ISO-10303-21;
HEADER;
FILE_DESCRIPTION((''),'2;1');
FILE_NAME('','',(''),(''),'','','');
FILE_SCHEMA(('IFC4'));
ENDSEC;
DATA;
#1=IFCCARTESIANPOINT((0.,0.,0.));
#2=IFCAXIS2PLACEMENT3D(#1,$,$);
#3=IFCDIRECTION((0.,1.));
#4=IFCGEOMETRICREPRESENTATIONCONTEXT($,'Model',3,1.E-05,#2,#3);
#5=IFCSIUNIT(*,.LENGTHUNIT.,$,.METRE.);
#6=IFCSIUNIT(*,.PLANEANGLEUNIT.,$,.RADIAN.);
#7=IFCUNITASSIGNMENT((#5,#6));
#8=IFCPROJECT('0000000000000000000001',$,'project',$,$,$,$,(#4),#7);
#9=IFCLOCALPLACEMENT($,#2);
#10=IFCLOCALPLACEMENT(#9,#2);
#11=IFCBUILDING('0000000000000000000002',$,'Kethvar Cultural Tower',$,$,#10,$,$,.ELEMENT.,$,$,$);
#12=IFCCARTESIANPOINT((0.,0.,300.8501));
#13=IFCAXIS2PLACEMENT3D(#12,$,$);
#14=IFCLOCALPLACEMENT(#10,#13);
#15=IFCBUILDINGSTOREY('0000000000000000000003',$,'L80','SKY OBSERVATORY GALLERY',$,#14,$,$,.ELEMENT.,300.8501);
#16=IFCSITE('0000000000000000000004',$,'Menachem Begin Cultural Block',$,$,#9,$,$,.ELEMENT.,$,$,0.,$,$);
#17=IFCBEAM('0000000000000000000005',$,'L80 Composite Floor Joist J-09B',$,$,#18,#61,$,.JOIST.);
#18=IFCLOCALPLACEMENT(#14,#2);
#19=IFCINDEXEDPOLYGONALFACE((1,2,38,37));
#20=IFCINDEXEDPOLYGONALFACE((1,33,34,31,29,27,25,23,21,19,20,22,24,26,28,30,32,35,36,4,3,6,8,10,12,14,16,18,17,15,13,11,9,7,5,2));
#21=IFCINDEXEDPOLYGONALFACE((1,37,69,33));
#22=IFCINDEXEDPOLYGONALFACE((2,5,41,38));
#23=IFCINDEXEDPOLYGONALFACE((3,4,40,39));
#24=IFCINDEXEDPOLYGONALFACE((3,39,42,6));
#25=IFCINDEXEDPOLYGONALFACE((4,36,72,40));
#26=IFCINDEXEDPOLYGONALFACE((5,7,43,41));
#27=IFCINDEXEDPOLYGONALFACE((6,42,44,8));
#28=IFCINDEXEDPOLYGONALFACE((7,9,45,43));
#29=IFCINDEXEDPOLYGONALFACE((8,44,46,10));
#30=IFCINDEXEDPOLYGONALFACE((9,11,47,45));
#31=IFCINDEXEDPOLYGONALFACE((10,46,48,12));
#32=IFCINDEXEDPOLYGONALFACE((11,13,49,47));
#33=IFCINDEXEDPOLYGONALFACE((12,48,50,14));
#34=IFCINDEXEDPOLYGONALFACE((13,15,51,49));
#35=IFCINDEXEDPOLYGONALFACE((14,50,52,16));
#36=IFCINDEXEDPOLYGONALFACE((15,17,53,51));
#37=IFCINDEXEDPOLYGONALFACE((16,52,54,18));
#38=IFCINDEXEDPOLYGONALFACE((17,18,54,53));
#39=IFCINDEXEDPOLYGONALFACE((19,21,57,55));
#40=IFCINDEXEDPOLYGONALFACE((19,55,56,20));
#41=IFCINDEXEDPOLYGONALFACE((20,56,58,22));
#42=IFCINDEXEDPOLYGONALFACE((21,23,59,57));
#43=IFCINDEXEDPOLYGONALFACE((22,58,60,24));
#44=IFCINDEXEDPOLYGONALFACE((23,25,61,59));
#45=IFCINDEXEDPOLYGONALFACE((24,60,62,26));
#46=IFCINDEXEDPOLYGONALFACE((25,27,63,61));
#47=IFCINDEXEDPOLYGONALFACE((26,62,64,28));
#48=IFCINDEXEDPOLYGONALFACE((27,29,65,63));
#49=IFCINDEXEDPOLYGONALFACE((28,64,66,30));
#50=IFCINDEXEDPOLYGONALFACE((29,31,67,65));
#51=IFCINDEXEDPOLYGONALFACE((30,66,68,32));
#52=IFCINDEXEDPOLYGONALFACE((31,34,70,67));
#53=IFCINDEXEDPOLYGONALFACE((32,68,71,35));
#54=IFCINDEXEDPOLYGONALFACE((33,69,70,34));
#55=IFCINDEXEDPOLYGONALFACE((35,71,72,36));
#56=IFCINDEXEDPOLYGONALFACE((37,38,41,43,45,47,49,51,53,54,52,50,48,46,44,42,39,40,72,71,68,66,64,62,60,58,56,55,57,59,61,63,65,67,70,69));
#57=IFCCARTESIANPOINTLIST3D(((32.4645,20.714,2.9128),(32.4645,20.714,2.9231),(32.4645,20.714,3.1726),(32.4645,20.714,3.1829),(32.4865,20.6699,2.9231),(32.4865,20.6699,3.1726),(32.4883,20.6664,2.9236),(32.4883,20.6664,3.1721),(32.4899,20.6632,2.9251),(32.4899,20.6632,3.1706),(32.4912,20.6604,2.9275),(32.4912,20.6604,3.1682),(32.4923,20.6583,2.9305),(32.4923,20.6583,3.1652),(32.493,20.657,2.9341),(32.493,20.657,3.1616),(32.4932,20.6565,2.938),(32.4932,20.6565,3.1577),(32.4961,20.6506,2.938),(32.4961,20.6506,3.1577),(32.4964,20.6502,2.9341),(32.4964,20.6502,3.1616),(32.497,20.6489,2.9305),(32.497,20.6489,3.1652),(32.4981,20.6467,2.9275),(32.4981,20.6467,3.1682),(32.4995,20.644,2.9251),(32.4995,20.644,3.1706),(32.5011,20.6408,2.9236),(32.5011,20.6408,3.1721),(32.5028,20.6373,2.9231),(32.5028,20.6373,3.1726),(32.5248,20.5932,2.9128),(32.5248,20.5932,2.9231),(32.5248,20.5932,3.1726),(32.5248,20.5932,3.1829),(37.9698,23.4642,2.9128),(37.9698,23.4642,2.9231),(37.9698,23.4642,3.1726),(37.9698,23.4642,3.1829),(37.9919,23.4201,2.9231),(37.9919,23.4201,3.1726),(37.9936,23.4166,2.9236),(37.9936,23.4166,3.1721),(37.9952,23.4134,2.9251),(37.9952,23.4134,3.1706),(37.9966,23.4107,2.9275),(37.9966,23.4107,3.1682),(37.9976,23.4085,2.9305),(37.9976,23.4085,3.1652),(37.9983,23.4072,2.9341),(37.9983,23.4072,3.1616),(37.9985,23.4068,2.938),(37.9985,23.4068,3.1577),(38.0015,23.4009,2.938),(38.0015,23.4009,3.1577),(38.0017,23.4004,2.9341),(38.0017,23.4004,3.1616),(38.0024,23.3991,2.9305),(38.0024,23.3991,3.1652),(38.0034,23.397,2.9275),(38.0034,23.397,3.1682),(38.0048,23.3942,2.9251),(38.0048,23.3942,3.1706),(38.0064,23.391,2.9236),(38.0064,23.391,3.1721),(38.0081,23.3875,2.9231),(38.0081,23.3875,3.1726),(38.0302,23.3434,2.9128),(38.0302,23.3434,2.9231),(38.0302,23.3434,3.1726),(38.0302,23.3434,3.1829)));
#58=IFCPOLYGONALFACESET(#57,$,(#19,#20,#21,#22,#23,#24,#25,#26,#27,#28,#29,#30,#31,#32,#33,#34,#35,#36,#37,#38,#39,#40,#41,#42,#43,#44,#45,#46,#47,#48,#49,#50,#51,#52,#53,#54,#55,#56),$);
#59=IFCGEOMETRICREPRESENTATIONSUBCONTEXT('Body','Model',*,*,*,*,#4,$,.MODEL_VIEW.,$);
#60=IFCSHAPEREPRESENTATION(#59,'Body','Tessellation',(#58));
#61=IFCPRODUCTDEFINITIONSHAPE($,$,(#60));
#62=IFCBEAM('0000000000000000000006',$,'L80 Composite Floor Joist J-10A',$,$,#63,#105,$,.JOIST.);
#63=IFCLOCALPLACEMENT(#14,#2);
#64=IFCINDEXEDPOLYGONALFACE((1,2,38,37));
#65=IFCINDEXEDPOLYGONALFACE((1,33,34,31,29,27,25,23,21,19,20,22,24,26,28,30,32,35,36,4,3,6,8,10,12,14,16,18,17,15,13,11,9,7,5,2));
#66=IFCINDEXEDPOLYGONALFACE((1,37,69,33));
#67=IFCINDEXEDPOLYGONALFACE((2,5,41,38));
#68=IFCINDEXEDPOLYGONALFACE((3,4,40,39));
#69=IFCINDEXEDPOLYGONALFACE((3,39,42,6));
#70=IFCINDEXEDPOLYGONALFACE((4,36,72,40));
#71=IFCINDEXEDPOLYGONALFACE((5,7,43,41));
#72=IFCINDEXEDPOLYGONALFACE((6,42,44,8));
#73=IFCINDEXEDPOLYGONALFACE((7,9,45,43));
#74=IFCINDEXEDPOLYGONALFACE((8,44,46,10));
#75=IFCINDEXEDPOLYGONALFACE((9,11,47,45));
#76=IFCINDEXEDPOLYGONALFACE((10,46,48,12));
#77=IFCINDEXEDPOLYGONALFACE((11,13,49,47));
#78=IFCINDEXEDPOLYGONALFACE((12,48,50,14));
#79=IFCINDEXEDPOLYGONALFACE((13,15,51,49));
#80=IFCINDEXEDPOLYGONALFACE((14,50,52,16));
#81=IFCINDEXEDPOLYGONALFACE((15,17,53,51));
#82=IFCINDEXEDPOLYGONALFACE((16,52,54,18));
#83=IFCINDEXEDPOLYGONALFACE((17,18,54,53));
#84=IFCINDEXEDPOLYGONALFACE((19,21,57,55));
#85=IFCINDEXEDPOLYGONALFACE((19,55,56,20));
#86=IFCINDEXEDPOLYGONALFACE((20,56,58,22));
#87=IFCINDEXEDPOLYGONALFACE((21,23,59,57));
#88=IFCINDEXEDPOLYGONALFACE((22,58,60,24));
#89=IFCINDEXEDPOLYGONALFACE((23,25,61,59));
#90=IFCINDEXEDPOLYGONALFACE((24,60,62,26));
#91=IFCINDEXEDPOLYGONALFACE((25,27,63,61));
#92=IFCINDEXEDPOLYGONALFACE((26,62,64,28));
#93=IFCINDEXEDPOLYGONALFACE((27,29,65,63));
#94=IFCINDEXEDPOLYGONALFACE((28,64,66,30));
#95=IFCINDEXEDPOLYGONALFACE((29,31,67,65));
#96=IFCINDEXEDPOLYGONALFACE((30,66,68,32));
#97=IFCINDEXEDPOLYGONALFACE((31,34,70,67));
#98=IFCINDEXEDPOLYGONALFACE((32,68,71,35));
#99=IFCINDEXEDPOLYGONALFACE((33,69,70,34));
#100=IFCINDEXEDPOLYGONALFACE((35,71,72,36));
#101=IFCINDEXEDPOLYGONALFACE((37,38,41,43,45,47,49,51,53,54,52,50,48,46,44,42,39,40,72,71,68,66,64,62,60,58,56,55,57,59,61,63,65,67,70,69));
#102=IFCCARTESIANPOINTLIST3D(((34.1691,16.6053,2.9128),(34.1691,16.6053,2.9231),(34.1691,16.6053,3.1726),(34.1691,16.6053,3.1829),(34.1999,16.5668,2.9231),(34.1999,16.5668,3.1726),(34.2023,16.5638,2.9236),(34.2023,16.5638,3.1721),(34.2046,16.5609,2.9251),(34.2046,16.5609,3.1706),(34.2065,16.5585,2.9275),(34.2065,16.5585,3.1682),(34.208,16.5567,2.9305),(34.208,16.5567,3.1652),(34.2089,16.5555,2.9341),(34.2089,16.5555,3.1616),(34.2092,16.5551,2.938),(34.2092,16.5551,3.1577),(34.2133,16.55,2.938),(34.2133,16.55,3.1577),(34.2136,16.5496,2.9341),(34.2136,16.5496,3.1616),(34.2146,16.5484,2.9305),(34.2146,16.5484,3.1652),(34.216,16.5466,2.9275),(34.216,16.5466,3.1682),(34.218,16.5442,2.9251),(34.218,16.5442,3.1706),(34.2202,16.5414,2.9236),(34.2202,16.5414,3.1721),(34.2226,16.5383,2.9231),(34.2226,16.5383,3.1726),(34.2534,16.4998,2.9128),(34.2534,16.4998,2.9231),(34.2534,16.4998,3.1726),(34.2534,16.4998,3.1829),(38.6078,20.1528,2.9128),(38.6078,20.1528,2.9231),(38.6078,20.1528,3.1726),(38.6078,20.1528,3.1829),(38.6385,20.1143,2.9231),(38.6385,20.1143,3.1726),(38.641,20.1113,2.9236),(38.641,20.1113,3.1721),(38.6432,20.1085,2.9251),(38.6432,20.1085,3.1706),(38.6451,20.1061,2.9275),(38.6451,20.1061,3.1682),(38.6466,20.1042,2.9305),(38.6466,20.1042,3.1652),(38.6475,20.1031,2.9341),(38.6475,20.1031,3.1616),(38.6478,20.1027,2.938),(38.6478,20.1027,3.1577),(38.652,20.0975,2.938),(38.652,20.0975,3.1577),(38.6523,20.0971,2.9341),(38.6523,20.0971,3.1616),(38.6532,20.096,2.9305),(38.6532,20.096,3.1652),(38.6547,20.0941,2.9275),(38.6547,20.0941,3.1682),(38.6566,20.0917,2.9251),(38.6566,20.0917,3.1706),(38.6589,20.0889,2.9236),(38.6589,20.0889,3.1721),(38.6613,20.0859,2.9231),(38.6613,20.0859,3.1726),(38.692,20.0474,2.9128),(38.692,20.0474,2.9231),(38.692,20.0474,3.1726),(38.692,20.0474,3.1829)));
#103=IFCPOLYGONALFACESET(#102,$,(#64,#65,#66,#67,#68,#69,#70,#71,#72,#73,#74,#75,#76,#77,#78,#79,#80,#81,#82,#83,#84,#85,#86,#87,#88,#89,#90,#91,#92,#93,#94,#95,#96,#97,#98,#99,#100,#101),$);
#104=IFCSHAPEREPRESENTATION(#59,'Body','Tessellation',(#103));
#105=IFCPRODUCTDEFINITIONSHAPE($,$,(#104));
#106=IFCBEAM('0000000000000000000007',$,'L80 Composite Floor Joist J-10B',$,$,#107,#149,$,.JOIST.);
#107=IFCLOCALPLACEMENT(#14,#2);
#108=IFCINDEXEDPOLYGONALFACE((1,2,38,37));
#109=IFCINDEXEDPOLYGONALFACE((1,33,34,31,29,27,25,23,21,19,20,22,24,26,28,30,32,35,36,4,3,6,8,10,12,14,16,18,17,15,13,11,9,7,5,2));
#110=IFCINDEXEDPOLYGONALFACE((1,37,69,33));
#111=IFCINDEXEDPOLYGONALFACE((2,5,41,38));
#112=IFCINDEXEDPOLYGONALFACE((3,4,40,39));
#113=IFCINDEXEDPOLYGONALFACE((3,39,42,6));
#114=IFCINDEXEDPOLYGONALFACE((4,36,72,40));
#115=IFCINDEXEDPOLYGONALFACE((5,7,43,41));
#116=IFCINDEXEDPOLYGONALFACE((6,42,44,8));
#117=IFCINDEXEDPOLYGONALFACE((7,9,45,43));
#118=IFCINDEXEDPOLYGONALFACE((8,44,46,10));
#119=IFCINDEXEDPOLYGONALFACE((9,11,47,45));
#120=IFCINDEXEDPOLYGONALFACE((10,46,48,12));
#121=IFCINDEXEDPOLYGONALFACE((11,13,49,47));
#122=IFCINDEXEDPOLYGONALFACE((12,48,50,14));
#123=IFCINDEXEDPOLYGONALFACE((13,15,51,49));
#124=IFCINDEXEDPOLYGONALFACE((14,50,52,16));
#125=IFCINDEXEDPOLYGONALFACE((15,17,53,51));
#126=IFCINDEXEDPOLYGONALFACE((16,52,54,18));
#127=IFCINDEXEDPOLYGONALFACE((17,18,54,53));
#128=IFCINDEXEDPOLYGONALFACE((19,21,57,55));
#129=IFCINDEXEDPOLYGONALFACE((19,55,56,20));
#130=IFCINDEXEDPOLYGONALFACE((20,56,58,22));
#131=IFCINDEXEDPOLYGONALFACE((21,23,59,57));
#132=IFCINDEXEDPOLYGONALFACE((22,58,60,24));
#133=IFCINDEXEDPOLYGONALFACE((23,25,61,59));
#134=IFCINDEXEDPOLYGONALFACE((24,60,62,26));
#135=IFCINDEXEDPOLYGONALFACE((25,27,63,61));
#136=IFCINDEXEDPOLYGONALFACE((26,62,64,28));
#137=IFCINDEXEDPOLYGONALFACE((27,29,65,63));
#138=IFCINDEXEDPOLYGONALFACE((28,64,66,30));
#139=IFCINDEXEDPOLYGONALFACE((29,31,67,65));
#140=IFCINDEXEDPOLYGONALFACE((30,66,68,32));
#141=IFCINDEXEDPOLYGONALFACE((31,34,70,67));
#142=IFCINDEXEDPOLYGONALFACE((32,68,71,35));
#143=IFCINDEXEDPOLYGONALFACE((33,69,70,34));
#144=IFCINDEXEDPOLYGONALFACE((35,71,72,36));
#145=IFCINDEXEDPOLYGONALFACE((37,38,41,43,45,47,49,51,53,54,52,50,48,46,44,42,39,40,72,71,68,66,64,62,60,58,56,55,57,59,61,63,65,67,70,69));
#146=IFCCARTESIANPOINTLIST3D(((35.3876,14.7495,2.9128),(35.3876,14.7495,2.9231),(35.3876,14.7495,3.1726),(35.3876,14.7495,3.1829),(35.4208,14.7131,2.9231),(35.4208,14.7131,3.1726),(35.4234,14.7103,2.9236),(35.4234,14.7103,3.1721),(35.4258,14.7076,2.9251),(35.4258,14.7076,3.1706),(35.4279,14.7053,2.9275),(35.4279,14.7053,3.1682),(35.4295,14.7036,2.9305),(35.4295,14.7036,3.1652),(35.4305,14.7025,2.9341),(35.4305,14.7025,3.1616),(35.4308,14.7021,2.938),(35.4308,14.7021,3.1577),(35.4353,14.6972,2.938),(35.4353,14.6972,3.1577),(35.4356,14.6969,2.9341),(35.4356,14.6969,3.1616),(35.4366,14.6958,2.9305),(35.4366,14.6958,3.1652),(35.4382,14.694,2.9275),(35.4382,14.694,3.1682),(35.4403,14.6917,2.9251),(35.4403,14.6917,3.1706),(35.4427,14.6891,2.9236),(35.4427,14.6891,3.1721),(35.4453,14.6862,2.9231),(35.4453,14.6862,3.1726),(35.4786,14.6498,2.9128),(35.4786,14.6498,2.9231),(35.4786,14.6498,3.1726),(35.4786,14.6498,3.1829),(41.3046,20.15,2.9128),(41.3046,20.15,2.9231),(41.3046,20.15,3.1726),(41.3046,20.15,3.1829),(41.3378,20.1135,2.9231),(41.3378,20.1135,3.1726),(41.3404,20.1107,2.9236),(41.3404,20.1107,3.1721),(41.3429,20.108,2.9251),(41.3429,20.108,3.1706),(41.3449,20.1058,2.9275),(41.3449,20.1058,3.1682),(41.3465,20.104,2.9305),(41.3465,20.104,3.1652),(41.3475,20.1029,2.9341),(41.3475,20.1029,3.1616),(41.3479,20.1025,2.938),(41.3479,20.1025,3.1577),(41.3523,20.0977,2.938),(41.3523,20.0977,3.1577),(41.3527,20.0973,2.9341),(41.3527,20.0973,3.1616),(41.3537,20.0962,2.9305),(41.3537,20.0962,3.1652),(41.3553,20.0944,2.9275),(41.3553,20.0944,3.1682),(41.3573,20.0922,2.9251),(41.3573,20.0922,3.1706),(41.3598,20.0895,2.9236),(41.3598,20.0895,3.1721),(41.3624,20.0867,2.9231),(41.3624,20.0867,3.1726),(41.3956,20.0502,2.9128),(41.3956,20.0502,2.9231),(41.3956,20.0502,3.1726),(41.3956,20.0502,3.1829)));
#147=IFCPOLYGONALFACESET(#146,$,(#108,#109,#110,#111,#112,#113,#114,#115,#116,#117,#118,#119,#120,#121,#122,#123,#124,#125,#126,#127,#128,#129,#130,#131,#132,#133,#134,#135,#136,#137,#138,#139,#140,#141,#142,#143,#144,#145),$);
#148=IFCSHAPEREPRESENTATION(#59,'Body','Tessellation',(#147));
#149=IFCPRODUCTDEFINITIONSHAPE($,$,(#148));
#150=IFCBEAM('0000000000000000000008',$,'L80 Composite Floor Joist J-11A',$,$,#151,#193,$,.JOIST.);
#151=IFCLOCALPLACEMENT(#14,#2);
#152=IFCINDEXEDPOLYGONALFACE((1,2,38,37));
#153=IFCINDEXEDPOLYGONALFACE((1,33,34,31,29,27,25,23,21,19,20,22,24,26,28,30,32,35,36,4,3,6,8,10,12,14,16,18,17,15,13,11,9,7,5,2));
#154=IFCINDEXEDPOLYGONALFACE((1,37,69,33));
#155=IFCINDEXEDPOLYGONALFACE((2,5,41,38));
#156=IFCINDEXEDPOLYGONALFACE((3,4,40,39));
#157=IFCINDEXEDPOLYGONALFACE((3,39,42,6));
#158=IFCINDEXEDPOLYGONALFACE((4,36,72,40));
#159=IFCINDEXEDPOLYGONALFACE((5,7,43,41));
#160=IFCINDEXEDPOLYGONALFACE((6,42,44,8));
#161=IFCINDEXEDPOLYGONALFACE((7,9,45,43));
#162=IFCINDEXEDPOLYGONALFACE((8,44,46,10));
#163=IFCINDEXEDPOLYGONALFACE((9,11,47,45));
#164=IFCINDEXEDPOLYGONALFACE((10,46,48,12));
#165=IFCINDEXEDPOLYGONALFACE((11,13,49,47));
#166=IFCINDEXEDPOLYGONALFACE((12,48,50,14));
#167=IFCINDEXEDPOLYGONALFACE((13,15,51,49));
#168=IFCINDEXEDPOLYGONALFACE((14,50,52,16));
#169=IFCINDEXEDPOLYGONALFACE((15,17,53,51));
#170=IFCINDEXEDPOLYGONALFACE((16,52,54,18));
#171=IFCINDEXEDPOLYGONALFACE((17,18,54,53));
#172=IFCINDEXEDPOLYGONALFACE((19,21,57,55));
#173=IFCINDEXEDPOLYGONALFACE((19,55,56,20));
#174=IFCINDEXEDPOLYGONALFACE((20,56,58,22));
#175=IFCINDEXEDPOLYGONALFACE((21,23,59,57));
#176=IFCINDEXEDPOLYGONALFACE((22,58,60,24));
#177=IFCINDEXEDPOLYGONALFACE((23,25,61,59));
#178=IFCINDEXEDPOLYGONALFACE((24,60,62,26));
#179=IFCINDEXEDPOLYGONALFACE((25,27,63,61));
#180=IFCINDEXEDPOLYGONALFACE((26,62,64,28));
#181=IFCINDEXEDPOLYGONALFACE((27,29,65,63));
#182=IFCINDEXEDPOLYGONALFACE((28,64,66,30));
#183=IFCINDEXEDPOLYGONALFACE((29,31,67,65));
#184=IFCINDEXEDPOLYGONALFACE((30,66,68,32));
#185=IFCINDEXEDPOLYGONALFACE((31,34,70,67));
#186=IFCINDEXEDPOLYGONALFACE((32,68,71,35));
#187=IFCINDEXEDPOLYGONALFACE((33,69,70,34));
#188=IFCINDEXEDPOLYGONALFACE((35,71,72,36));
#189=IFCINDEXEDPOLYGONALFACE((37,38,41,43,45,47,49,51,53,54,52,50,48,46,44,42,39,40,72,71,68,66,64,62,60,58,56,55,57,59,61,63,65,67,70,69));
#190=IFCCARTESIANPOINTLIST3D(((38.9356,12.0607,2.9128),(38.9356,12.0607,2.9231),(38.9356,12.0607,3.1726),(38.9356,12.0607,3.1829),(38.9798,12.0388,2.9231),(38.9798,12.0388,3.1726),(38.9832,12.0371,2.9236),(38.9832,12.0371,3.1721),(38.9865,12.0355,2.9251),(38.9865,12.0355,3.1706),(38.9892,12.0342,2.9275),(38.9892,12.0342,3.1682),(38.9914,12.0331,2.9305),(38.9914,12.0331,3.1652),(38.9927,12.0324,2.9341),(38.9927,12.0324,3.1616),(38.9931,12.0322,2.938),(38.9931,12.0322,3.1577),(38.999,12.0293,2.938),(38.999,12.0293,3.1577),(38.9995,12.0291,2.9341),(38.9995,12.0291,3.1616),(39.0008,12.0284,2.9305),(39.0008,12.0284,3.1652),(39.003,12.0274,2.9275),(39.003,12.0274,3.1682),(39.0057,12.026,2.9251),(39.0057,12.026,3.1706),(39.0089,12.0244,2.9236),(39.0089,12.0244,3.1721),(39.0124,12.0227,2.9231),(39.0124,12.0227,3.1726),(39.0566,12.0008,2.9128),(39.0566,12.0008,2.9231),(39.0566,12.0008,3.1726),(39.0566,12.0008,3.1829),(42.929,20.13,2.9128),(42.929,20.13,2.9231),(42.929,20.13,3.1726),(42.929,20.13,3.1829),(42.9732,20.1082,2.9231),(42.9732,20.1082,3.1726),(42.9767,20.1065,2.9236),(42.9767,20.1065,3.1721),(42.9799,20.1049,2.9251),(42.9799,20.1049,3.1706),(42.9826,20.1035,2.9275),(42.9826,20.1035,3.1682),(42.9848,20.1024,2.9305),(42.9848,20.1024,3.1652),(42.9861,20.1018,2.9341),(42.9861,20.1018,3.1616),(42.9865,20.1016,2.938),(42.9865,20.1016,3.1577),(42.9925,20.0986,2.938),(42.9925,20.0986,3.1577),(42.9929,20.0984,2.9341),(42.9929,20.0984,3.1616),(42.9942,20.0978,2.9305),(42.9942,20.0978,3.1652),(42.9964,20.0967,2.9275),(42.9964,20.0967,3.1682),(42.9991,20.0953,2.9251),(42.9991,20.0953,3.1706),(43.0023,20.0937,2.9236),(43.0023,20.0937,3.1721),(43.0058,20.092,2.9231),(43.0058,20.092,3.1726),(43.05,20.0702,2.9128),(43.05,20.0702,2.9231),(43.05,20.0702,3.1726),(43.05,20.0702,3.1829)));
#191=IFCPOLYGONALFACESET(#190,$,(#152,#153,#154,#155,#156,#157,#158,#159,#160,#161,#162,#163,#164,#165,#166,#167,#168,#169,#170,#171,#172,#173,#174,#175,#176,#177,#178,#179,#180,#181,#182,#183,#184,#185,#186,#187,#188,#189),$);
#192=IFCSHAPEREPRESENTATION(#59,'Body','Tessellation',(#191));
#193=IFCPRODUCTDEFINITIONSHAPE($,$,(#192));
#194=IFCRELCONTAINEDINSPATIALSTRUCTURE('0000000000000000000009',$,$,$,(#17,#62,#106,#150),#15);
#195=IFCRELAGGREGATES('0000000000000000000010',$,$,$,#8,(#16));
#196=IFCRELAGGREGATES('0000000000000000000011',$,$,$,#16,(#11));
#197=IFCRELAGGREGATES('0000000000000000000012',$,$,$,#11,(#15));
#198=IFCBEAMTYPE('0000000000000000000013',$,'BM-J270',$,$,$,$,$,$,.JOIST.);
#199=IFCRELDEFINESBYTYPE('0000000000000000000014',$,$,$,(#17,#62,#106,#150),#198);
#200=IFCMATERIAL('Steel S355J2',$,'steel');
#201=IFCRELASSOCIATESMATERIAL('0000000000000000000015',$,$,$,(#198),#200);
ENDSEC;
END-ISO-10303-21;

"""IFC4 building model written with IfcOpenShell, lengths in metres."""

from ifc_helpers import new_model, si_unit, direction, frame, origin, origin_2d, place, context, subcontext, project, spatial, i_section, extrude, source, transform, mapped, material, material_profile, profile_set, type_object, element, save


model = new_model("IFC4")

# Units and contexts
model_context = context("Model", 3, precision=1e-05, world=origin(), true_north=direction((0.0, 1.0)))
body_context = subcontext(model_context, "Body", "Model", "MODEL_VIEW")
ifc_project = project(units=[si_unit("LENGTHUNIT", "METRE"), si_unit("PLANEANGLEUNIT", "RADIAN")], contexts=[model_context])

# Site, building, storey
site_placement = place(None, origin())
site = spatial("IfcSite", under=ifc_project, at=site_placement, Name="Menachem Begin Cultural Block", CompositionType="ELEMENT", RefElevation=0.0)
building_placement = place(site_placement, origin())
building = spatial("IfcBuilding", under=site, at=building_placement, Name="Kethvar Cultural Tower", CompositionType="ELEMENT")
storey_placement = place(building_placement, frame((0.0, 0.0, 300.8501)))
storey = spatial("IfcBuildingStorey", under=building, at=storey_placement, Name="L80", Description="SKY OBSERVATORY GALLERY", CompositionType="ELEMENT", Elevation=300.8501)

# Beams
ifc_material_1 = material(Name="Steel S355J2", Category="steel")
ifc_material_profile_1 = material_profile(ifc_material_1, i_section(OverallWidth=0.135, OverallDepth=0.27, WebThickness=0.0066, FlangeThickness=0.0103, FilletRadius=0.0149, at=origin_2d()), Name="Steel S355J2 — IPE270")
ifc_profile_set_1 = profile_set([ifc_material_profile_1], Name="Steel S355J2 — IPE270")
beam_type_1 = type_object("IfcBeamType", Name="BM-J270", PredefinedType="JOIST", material=ifc_profile_set_1)
shared_shape_1 = source(origin(), body_context, "Body", "SweptSolid", [
    extrude(i_section(OverallWidth=0.135, OverallDepth=0.27, WebThickness=0.0066, FlangeThickness=0.0103, FilletRadius=0.0149, at=origin_2d()), origin(), (0.0, 0.0, 1.0), 6.1541),
])
beam_1_placement = place(storey_placement, frame((38.0, 23.4038, 3.0479), z_axis=(-0.894586, -0.446896, 0.0), x_axis=(0.446896, -0.894586, 0.0)))
element("IfcBeam", 1, at=beam_1_placement, inside=storey, type_object=beam_type_1, Name="L80 Composite Floor Joist J-09B", PredefinedType="JOIST", context=body_context, shape_type="MappedRepresentation", body=[
    mapped(shared_shape_1, transform((0.0, 0.0, 0.0), scale=1.0)),
])
shared_shape_2 = source(origin(), body_context, "Body", "SweptSolid", [
    extrude(i_section(OverallWidth=0.135, OverallDepth=0.27, WebThickness=0.0066, FlangeThickness=0.0103, FilletRadius=0.0149, at=origin_2d()), origin(), (0.0, 0.0, 1.0), 5.6821),
])
beam_2_placement = place(storey_placement, frame((38.6499, 20.1001, 3.0479), z_axis=(-0.781158, -0.624333, 0.0), x_axis=(0.624333, -0.781158, 0.0)))
element("IfcBeam", 2, at=beam_2_placement, inside=storey, type_object=beam_type_1, Name="L80 Composite Floor Joist J-10A", PredefinedType="JOIST", context=body_context, shape_type="MappedRepresentation", body=[
    mapped(shared_shape_2, transform((0.0, 0.0, 0.0), scale=1.0)),
])
shared_shape_3 = source(origin(), body_context, "Body", "SweptSolid", [
    extrude(i_section(OverallWidth=0.135, OverallDepth=0.27, WebThickness=0.0066, FlangeThickness=0.0103, FilletRadius=0.0149, at=origin_2d()), origin(), (0.0, 0.0, 1.0), 8.011),
])
beam_3_placement = place(storey_placement, frame((41.3501, 20.1001, 3.0479), z_axis=(-0.738615, -0.674128, 0.0), x_axis=(0.674128, -0.738615, 0.0)))
element("IfcBeam", 3, at=beam_3_placement, inside=storey, type_object=beam_type_1, Name="L80 Composite Floor Joist J-10B", PredefinedType="JOIST", context=body_context, shape_type="MappedRepresentation", body=[
    mapped(shared_shape_3, transform((0.0, 0.0, 0.0), scale=1.0)),
])
shared_shape_4 = source(origin(), body_context, "Body", "SweptSolid", [
    extrude(i_section(OverallWidth=0.135, OverallDepth=0.27, WebThickness=0.0066, FlangeThickness=0.0103, FilletRadius=0.0149, at=origin_2d()), origin(), (0.0, 0.0, 1.0), 9.0034),
])
beam_4_placement = place(storey_placement, frame((42.9895, 20.1001, 3.0479), z_axis=(-0.443544, -0.896253, 0.0), x_axis=(0.896253, -0.443544, 0.0)))
element("IfcBeam", 4, at=beam_4_placement, inside=storey, type_object=beam_type_1, Name="L80 Composite Floor Joist J-11A", PredefinedType="JOIST", context=body_context, shape_type="MappedRepresentation", body=[
    mapped(shared_shape_4, transform((0.0, 0.0, 0.0), scale=1.0)),
])

save(model, "model.ifc")
